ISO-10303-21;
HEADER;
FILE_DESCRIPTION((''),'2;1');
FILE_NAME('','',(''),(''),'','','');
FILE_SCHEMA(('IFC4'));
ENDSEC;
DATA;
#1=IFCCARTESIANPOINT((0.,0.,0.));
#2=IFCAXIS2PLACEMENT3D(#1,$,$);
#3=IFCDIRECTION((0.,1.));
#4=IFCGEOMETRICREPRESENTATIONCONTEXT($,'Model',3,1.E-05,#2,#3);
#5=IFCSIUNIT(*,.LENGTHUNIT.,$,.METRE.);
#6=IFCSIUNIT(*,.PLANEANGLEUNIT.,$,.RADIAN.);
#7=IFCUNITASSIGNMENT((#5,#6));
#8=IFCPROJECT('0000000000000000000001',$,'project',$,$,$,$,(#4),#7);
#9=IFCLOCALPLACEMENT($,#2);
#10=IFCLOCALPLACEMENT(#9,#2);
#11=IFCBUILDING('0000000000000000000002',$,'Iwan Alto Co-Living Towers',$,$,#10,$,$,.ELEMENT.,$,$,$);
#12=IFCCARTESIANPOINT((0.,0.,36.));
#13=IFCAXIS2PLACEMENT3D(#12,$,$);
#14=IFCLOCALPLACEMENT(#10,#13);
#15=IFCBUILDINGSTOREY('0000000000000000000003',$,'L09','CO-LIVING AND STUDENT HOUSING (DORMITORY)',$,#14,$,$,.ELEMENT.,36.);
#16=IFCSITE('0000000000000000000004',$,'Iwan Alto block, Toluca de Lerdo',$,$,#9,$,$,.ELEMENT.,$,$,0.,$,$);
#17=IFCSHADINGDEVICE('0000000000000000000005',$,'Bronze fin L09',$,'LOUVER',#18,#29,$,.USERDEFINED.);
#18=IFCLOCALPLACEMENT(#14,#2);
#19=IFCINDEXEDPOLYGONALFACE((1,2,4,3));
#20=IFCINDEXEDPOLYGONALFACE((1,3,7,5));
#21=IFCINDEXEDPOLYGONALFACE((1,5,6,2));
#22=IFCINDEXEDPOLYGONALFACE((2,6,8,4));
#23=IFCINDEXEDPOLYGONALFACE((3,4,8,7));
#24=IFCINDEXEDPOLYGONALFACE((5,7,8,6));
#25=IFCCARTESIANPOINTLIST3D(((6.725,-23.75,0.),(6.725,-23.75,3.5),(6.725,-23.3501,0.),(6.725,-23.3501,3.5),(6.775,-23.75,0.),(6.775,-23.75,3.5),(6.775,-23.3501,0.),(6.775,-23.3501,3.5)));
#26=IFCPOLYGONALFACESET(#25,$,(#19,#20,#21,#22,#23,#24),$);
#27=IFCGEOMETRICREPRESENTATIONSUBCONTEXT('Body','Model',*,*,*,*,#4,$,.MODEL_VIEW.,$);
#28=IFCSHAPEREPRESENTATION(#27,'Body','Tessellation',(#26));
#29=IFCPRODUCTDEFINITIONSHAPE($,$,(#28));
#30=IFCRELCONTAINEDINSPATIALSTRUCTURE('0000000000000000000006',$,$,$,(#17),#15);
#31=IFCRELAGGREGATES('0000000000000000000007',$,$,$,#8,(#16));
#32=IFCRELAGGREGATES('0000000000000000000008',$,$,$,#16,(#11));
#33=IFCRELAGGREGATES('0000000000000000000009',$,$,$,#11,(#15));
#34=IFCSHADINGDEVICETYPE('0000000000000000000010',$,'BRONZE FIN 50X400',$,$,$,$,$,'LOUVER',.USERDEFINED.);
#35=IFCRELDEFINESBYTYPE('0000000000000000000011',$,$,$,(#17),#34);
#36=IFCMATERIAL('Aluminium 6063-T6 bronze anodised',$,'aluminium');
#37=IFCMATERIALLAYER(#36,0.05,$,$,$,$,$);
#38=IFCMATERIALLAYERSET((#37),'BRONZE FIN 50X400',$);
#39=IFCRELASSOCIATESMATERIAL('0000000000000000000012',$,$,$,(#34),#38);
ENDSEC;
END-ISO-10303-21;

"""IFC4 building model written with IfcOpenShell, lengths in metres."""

from ifc_helpers import new_model, si_unit, direction, frame, origin, origin_2d, place, context, subcontext, project, spatial, rectangle, extrude, material, layer, layer_set, type_object, element, save


model = new_model("IFC4")

# Units and contexts
model_context = context("Model", 3, precision=1e-05, world=origin(), true_north=direction((0.0, 1.0)))
body_context = subcontext(model_context, "Body", "Model", "MODEL_VIEW")
ifc_project = project(units=[si_unit("LENGTHUNIT", "METRE"), si_unit("PLANEANGLEUNIT", "RADIAN")], contexts=[model_context])

# Site, building, storey
site_placement = place(None, origin())
site = spatial("IfcSite", under=ifc_project, at=site_placement, Name="Iwan Alto block, Toluca de Lerdo", CompositionType="ELEMENT", RefElevation=0.0)
building_placement = place(site_placement, origin())
building = spatial("IfcBuilding", under=site, at=building_placement, Name="Iwan Alto Co-Living Towers", CompositionType="ELEMENT")
storey_placement = place(building_placement, frame((0.0, 0.0, 36.0)))
storey = spatial("IfcBuildingStorey", under=building, at=storey_placement, Name="L09", Description="CO-LIVING AND STUDENT HOUSING (DORMITORY)", CompositionType="ELEMENT", Elevation=36.0)

# Shading device
ifc_material_1 = material(Name="Aluminium 6063-T6 bronze anodised", Category="aluminium")
ifc_layer_1 = layer(ifc_material_1, 0.05)
ifc_layer_set_1 = layer_set([ifc_layer_1], Name="BRONZE FIN 50X400")
shading_device_type = type_object("IfcShadingDeviceType", Name="BRONZE FIN 50X400", ElementType="LOUVER", PredefinedType="USERDEFINED", material=ifc_layer_set_1)
shading_device_placement = place(storey_placement, frame((6.75, -23.55, 0.0), z_axis=(0.0, 0.0, 1.0), x_axis=(1.0, 0.0, 0.0)))
element("IfcShadingDevice", 1, at=shading_device_placement, inside=storey, type_object=shading_device_type, Name="Bronze fin L09", ObjectType="LOUVER", PredefinedType="USERDEFINED", context=body_context, shape_type="SweptSolid", body=[
    extrude(rectangle(XDim=0.05, YDim=0.3999, at=origin_2d()), origin(), (0.0, 0.0, 1.0), 3.5),
])

save(model, "model.ifc")
